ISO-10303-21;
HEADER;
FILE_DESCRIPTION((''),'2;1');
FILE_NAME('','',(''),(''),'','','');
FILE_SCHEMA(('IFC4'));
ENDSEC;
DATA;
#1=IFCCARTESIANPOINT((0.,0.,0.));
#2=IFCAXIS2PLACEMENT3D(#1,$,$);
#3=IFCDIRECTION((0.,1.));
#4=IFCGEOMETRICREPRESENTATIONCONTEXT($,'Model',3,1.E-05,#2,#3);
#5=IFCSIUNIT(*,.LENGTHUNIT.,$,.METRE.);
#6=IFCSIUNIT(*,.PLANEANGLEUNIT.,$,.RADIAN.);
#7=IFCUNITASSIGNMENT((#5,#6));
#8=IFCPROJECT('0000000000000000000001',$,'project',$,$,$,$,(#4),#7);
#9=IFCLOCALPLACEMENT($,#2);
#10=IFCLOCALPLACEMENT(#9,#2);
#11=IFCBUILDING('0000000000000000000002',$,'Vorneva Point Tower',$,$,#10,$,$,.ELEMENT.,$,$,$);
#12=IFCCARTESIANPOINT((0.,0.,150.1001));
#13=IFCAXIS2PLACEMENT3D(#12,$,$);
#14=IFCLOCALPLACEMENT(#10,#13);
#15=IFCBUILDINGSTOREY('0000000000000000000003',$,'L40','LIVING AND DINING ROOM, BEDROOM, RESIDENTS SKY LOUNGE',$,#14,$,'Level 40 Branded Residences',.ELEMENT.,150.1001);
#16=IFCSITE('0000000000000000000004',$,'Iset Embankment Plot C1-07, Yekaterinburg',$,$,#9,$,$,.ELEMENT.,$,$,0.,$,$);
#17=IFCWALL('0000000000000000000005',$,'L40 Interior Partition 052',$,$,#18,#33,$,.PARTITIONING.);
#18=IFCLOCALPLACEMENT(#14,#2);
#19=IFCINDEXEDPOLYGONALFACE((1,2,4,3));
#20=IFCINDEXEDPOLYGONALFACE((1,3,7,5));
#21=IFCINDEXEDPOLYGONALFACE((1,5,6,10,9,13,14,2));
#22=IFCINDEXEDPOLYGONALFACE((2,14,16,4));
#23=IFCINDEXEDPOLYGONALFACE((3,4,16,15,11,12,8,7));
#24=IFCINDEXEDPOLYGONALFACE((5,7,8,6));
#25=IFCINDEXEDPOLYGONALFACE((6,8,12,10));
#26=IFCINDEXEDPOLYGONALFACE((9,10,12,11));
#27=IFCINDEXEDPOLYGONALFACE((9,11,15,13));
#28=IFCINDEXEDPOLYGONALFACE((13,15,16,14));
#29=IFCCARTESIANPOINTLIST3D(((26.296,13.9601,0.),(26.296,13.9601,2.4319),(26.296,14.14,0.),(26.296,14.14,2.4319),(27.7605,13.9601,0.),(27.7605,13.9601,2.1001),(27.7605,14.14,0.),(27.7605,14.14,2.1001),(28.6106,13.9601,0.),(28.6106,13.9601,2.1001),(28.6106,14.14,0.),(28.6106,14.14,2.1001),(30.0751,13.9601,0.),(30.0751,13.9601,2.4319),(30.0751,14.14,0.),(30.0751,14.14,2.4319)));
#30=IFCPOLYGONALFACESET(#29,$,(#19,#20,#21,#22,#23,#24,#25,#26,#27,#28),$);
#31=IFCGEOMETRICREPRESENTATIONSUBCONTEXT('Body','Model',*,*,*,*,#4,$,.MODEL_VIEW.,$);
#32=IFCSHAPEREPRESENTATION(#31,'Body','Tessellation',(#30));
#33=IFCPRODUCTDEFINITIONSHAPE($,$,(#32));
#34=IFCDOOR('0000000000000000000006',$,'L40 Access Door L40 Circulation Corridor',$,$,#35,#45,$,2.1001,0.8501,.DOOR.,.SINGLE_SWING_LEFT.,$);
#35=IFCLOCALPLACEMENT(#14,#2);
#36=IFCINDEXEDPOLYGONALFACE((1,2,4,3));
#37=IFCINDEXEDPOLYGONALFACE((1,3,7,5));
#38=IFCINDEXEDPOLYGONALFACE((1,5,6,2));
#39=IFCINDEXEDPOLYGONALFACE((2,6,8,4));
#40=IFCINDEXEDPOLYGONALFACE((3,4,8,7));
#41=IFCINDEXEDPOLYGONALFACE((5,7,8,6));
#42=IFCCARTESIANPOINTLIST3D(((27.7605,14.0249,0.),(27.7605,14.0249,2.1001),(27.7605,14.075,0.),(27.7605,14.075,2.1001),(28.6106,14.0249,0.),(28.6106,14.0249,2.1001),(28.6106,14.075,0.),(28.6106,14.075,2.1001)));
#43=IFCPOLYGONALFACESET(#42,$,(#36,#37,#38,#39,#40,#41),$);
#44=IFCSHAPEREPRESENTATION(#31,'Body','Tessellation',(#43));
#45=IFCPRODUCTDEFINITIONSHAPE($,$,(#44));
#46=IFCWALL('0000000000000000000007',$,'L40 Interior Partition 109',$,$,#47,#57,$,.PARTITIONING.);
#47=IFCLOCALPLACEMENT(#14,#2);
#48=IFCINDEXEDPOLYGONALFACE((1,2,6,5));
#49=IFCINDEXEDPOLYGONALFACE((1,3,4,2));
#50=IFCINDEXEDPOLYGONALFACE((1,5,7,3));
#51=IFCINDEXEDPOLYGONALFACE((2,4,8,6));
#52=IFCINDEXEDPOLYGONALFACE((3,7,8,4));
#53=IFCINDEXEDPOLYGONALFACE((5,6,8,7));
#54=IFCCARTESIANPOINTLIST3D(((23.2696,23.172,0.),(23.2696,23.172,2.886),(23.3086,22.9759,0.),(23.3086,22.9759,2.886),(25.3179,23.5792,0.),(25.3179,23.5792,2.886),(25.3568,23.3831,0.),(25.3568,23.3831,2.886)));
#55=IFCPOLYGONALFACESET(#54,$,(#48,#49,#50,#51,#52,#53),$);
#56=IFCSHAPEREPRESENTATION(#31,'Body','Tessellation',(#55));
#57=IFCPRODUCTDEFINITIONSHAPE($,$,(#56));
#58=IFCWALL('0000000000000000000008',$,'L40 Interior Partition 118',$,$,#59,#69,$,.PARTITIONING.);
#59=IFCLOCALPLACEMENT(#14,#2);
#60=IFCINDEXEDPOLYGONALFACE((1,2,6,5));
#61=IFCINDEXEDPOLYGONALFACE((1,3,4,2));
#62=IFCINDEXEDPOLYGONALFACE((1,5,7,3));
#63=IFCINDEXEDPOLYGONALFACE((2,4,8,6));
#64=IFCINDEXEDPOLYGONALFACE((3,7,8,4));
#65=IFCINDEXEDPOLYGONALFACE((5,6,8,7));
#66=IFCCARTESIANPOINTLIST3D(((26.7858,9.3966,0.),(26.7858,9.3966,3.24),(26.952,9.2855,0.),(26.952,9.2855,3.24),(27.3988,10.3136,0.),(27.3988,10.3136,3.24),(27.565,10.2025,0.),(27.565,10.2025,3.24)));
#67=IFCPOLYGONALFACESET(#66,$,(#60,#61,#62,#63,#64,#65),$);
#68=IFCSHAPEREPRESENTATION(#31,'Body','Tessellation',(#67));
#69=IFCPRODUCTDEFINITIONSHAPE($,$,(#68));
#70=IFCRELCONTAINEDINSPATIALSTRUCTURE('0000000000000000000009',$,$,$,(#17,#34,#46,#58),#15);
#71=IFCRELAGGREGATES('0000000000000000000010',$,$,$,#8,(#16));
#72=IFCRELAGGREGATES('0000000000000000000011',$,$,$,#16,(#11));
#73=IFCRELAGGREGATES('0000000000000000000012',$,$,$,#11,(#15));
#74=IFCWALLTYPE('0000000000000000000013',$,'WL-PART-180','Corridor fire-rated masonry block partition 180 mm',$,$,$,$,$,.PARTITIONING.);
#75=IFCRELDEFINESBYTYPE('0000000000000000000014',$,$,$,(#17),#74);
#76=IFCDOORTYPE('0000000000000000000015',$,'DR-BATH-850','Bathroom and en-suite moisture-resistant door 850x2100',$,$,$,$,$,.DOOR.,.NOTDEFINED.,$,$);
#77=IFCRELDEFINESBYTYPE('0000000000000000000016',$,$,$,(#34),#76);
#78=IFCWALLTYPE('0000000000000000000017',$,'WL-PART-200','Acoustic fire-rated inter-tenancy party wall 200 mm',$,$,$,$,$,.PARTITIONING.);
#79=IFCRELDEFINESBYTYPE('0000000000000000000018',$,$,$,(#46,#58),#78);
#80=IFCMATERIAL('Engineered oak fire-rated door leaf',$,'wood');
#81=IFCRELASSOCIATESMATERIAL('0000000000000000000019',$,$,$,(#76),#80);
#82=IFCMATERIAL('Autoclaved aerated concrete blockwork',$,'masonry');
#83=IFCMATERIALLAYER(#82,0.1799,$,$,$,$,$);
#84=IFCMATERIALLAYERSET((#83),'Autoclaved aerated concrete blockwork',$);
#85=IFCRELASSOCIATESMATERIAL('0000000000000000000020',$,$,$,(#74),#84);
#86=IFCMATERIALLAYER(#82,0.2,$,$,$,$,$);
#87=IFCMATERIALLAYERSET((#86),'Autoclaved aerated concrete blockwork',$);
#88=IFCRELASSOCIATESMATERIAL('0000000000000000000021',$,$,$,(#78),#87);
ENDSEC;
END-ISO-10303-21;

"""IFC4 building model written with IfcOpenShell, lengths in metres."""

from ifc_helpers import new_model, si_unit, direction, frame, frame_2d, origin, place, context, subcontext, project, spatial, rectangle, extrude, material, layer, layer_set, type_object, element, fill, save


model = new_model("IFC4")

# Units and contexts
model_context = context("Model", 3, precision=1e-05, world=origin(), true_north=direction((0.0, 1.0)))
body_context = subcontext(model_context, "Body", "Model", "MODEL_VIEW")
ifc_project = project(units=[si_unit("LENGTHUNIT", "METRE"), si_unit("PLANEANGLEUNIT", "RADIAN")], contexts=[model_context])

# Site, building, storey
site_placement = place(None, origin())
site = spatial("IfcSite", under=ifc_project, at=site_placement, Name="Iset Embankment Plot C1-07, Yekaterinburg", CompositionType="ELEMENT", RefElevation=0.0)
building_placement = place(site_placement, origin())
building = spatial("IfcBuilding", under=site, at=building_placement, Name="Vorneva Point Tower", CompositionType="ELEMENT")
storey_placement = place(building_placement, frame((0.0, 0.0, 150.1001)))
storey = spatial("IfcBuildingStorey", under=building, at=storey_placement, Name="L40", Description="LIVING AND DINING ROOM, BEDROOM, RESIDENTS SKY LOUNGE", LongName="Level 40 Branded Residences", CompositionType="ELEMENT", Elevation=150.1001)

# Shared definitions
ifc_material_1 = material(Name="Engineered oak fire-rated door leaf", Category="wood")
door_type_1 = type_object("IfcDoorType", Name="DR-BATH-850", Description="Bathroom and en-suite moisture-resistant door 850x2100", OperationType="NOTDEFINED", PredefinedType="DOOR", material=ifc_material_1)

# Shared definitions
ifc_material_2 = material(Name="Autoclaved aerated concrete blockwork", Category="masonry")
ifc_layer_1 = layer(ifc_material_2, 0.1799)
ifc_layer_set_1 = layer_set([ifc_layer_1], Name="Autoclaved aerated concrete blockwork")
wall_type_1 = type_object("IfcWallType", Name="WL-PART-180", Description="Corridor fire-rated masonry block partition 180 mm", PredefinedType="PARTITIONING", material=ifc_layer_set_1)

# Wall, opening, door
wall_1_placement = place(storey_placement, frame((26.2959, 14.05, 0.0), z_axis=(0.0, 0.0, 1.0), x_axis=(1.0, 0.0, 0.0)))
wall_1 = element("IfcWall", 1, at=wall_1_placement, inside=storey, type_object=wall_type_1, Name="L40 Interior Partition 052", PredefinedType="PARTITIONING", context=body_context, shape_type="SweptSolid", body=[
    extrude(rectangle(XDim=3.7791, YDim=0.1799, at=frame_2d((1.8896, 0.0))), origin(), (0.0, 0.0, 1.0), 2.4319),
])
opening_1_placement = place(wall_1_placement, frame((1.4646, 0.0, 0.0)))
opening_1 = element("IfcOpeningElement", 2, at=opening_1_placement, cuts=wall_1, PredefinedType="OPENING", context=body_context, shape_type="SweptSolid", body=[
    extrude(rectangle(XDim=0.8501, YDim=2.1001, at=frame_2d((0.425, 1.05))), frame((0.0, 0.105, 0.0), z_axis=(0.0, -1.0, 0.0), x_axis=(1.0, 0.0, 0.0)), (0.0, 0.0, 1.0), 0.2097),
])
door_1_placement = place(opening_1_placement, origin())
door_1 = element("IfcDoor", 3, at=door_1_placement, inside=storey, type_object=door_type_1, Name="L40 Access Door L40 Circulation Corridor", OperationType="SINGLE_SWING_LEFT", OverallHeight=2.1001, OverallWidth=0.8501, PredefinedType="DOOR", context=body_context, shape_type="SweptSolid", body=[
    extrude(rectangle(XDim=0.8501, YDim=2.1001, at=frame_2d((0.425, 1.05))), frame((0.0, 0.0249, 0.0), z_axis=(0.0, -1.0, 0.0), x_axis=(1.0, 0.0, 0.0)), (0.0, 0.0, 1.0), 0.05),
])
fill(opening_1, door_1)

# Walls
ifc_layer_2 = layer(ifc_material_2, 0.2)
ifc_layer_set_2 = layer_set([ifc_layer_2], Name="Autoclaved aerated concrete blockwork")
wall_type_2 = type_object("IfcWallType", Name="WL-PART-200", Description="Acoustic fire-rated inter-tenancy party wall 200 mm", PredefinedType="PARTITIONING", material=ifc_layer_set_2)
wall_2_placement = place(storey_placement, frame((23.2891, 23.074, 0.0), z_axis=(0.0, 0.0, 1.0), x_axis=(0.980805, 0.194992, 0.0)))
element("IfcWall", 4, at=wall_2_placement, inside=storey, type_object=wall_type_2, Name="L40 Interior Partition 109", PredefinedType="PARTITIONING", context=body_context, shape_type="SweptSolid", body=[
    extrude(rectangle(XDim=2.0884, YDim=0.2, at=frame_2d((1.0442, 0.0))), origin(), (0.0, 0.0, 1.0), 2.886),
])
wall_3_placement = place(storey_placement, frame((26.8689, 9.3411, 0.0), z_axis=(0.0, 0.0, 1.0), x_axis=(0.555772, 0.831335, 0.0)))
element("IfcWall", 5, at=wall_3_placement, inside=storey, type_object=wall_type_2, Name="L40 Interior Partition 118", PredefinedType="PARTITIONING", context=body_context, shape_type="SweptSolid", body=[
    extrude(rectangle(XDim=1.103, YDim=0.2, at=frame_2d((0.5515, 0.0))), origin(), (0.0, 0.0, 1.0), 3.24),
])

save(model, "model.ifc")
